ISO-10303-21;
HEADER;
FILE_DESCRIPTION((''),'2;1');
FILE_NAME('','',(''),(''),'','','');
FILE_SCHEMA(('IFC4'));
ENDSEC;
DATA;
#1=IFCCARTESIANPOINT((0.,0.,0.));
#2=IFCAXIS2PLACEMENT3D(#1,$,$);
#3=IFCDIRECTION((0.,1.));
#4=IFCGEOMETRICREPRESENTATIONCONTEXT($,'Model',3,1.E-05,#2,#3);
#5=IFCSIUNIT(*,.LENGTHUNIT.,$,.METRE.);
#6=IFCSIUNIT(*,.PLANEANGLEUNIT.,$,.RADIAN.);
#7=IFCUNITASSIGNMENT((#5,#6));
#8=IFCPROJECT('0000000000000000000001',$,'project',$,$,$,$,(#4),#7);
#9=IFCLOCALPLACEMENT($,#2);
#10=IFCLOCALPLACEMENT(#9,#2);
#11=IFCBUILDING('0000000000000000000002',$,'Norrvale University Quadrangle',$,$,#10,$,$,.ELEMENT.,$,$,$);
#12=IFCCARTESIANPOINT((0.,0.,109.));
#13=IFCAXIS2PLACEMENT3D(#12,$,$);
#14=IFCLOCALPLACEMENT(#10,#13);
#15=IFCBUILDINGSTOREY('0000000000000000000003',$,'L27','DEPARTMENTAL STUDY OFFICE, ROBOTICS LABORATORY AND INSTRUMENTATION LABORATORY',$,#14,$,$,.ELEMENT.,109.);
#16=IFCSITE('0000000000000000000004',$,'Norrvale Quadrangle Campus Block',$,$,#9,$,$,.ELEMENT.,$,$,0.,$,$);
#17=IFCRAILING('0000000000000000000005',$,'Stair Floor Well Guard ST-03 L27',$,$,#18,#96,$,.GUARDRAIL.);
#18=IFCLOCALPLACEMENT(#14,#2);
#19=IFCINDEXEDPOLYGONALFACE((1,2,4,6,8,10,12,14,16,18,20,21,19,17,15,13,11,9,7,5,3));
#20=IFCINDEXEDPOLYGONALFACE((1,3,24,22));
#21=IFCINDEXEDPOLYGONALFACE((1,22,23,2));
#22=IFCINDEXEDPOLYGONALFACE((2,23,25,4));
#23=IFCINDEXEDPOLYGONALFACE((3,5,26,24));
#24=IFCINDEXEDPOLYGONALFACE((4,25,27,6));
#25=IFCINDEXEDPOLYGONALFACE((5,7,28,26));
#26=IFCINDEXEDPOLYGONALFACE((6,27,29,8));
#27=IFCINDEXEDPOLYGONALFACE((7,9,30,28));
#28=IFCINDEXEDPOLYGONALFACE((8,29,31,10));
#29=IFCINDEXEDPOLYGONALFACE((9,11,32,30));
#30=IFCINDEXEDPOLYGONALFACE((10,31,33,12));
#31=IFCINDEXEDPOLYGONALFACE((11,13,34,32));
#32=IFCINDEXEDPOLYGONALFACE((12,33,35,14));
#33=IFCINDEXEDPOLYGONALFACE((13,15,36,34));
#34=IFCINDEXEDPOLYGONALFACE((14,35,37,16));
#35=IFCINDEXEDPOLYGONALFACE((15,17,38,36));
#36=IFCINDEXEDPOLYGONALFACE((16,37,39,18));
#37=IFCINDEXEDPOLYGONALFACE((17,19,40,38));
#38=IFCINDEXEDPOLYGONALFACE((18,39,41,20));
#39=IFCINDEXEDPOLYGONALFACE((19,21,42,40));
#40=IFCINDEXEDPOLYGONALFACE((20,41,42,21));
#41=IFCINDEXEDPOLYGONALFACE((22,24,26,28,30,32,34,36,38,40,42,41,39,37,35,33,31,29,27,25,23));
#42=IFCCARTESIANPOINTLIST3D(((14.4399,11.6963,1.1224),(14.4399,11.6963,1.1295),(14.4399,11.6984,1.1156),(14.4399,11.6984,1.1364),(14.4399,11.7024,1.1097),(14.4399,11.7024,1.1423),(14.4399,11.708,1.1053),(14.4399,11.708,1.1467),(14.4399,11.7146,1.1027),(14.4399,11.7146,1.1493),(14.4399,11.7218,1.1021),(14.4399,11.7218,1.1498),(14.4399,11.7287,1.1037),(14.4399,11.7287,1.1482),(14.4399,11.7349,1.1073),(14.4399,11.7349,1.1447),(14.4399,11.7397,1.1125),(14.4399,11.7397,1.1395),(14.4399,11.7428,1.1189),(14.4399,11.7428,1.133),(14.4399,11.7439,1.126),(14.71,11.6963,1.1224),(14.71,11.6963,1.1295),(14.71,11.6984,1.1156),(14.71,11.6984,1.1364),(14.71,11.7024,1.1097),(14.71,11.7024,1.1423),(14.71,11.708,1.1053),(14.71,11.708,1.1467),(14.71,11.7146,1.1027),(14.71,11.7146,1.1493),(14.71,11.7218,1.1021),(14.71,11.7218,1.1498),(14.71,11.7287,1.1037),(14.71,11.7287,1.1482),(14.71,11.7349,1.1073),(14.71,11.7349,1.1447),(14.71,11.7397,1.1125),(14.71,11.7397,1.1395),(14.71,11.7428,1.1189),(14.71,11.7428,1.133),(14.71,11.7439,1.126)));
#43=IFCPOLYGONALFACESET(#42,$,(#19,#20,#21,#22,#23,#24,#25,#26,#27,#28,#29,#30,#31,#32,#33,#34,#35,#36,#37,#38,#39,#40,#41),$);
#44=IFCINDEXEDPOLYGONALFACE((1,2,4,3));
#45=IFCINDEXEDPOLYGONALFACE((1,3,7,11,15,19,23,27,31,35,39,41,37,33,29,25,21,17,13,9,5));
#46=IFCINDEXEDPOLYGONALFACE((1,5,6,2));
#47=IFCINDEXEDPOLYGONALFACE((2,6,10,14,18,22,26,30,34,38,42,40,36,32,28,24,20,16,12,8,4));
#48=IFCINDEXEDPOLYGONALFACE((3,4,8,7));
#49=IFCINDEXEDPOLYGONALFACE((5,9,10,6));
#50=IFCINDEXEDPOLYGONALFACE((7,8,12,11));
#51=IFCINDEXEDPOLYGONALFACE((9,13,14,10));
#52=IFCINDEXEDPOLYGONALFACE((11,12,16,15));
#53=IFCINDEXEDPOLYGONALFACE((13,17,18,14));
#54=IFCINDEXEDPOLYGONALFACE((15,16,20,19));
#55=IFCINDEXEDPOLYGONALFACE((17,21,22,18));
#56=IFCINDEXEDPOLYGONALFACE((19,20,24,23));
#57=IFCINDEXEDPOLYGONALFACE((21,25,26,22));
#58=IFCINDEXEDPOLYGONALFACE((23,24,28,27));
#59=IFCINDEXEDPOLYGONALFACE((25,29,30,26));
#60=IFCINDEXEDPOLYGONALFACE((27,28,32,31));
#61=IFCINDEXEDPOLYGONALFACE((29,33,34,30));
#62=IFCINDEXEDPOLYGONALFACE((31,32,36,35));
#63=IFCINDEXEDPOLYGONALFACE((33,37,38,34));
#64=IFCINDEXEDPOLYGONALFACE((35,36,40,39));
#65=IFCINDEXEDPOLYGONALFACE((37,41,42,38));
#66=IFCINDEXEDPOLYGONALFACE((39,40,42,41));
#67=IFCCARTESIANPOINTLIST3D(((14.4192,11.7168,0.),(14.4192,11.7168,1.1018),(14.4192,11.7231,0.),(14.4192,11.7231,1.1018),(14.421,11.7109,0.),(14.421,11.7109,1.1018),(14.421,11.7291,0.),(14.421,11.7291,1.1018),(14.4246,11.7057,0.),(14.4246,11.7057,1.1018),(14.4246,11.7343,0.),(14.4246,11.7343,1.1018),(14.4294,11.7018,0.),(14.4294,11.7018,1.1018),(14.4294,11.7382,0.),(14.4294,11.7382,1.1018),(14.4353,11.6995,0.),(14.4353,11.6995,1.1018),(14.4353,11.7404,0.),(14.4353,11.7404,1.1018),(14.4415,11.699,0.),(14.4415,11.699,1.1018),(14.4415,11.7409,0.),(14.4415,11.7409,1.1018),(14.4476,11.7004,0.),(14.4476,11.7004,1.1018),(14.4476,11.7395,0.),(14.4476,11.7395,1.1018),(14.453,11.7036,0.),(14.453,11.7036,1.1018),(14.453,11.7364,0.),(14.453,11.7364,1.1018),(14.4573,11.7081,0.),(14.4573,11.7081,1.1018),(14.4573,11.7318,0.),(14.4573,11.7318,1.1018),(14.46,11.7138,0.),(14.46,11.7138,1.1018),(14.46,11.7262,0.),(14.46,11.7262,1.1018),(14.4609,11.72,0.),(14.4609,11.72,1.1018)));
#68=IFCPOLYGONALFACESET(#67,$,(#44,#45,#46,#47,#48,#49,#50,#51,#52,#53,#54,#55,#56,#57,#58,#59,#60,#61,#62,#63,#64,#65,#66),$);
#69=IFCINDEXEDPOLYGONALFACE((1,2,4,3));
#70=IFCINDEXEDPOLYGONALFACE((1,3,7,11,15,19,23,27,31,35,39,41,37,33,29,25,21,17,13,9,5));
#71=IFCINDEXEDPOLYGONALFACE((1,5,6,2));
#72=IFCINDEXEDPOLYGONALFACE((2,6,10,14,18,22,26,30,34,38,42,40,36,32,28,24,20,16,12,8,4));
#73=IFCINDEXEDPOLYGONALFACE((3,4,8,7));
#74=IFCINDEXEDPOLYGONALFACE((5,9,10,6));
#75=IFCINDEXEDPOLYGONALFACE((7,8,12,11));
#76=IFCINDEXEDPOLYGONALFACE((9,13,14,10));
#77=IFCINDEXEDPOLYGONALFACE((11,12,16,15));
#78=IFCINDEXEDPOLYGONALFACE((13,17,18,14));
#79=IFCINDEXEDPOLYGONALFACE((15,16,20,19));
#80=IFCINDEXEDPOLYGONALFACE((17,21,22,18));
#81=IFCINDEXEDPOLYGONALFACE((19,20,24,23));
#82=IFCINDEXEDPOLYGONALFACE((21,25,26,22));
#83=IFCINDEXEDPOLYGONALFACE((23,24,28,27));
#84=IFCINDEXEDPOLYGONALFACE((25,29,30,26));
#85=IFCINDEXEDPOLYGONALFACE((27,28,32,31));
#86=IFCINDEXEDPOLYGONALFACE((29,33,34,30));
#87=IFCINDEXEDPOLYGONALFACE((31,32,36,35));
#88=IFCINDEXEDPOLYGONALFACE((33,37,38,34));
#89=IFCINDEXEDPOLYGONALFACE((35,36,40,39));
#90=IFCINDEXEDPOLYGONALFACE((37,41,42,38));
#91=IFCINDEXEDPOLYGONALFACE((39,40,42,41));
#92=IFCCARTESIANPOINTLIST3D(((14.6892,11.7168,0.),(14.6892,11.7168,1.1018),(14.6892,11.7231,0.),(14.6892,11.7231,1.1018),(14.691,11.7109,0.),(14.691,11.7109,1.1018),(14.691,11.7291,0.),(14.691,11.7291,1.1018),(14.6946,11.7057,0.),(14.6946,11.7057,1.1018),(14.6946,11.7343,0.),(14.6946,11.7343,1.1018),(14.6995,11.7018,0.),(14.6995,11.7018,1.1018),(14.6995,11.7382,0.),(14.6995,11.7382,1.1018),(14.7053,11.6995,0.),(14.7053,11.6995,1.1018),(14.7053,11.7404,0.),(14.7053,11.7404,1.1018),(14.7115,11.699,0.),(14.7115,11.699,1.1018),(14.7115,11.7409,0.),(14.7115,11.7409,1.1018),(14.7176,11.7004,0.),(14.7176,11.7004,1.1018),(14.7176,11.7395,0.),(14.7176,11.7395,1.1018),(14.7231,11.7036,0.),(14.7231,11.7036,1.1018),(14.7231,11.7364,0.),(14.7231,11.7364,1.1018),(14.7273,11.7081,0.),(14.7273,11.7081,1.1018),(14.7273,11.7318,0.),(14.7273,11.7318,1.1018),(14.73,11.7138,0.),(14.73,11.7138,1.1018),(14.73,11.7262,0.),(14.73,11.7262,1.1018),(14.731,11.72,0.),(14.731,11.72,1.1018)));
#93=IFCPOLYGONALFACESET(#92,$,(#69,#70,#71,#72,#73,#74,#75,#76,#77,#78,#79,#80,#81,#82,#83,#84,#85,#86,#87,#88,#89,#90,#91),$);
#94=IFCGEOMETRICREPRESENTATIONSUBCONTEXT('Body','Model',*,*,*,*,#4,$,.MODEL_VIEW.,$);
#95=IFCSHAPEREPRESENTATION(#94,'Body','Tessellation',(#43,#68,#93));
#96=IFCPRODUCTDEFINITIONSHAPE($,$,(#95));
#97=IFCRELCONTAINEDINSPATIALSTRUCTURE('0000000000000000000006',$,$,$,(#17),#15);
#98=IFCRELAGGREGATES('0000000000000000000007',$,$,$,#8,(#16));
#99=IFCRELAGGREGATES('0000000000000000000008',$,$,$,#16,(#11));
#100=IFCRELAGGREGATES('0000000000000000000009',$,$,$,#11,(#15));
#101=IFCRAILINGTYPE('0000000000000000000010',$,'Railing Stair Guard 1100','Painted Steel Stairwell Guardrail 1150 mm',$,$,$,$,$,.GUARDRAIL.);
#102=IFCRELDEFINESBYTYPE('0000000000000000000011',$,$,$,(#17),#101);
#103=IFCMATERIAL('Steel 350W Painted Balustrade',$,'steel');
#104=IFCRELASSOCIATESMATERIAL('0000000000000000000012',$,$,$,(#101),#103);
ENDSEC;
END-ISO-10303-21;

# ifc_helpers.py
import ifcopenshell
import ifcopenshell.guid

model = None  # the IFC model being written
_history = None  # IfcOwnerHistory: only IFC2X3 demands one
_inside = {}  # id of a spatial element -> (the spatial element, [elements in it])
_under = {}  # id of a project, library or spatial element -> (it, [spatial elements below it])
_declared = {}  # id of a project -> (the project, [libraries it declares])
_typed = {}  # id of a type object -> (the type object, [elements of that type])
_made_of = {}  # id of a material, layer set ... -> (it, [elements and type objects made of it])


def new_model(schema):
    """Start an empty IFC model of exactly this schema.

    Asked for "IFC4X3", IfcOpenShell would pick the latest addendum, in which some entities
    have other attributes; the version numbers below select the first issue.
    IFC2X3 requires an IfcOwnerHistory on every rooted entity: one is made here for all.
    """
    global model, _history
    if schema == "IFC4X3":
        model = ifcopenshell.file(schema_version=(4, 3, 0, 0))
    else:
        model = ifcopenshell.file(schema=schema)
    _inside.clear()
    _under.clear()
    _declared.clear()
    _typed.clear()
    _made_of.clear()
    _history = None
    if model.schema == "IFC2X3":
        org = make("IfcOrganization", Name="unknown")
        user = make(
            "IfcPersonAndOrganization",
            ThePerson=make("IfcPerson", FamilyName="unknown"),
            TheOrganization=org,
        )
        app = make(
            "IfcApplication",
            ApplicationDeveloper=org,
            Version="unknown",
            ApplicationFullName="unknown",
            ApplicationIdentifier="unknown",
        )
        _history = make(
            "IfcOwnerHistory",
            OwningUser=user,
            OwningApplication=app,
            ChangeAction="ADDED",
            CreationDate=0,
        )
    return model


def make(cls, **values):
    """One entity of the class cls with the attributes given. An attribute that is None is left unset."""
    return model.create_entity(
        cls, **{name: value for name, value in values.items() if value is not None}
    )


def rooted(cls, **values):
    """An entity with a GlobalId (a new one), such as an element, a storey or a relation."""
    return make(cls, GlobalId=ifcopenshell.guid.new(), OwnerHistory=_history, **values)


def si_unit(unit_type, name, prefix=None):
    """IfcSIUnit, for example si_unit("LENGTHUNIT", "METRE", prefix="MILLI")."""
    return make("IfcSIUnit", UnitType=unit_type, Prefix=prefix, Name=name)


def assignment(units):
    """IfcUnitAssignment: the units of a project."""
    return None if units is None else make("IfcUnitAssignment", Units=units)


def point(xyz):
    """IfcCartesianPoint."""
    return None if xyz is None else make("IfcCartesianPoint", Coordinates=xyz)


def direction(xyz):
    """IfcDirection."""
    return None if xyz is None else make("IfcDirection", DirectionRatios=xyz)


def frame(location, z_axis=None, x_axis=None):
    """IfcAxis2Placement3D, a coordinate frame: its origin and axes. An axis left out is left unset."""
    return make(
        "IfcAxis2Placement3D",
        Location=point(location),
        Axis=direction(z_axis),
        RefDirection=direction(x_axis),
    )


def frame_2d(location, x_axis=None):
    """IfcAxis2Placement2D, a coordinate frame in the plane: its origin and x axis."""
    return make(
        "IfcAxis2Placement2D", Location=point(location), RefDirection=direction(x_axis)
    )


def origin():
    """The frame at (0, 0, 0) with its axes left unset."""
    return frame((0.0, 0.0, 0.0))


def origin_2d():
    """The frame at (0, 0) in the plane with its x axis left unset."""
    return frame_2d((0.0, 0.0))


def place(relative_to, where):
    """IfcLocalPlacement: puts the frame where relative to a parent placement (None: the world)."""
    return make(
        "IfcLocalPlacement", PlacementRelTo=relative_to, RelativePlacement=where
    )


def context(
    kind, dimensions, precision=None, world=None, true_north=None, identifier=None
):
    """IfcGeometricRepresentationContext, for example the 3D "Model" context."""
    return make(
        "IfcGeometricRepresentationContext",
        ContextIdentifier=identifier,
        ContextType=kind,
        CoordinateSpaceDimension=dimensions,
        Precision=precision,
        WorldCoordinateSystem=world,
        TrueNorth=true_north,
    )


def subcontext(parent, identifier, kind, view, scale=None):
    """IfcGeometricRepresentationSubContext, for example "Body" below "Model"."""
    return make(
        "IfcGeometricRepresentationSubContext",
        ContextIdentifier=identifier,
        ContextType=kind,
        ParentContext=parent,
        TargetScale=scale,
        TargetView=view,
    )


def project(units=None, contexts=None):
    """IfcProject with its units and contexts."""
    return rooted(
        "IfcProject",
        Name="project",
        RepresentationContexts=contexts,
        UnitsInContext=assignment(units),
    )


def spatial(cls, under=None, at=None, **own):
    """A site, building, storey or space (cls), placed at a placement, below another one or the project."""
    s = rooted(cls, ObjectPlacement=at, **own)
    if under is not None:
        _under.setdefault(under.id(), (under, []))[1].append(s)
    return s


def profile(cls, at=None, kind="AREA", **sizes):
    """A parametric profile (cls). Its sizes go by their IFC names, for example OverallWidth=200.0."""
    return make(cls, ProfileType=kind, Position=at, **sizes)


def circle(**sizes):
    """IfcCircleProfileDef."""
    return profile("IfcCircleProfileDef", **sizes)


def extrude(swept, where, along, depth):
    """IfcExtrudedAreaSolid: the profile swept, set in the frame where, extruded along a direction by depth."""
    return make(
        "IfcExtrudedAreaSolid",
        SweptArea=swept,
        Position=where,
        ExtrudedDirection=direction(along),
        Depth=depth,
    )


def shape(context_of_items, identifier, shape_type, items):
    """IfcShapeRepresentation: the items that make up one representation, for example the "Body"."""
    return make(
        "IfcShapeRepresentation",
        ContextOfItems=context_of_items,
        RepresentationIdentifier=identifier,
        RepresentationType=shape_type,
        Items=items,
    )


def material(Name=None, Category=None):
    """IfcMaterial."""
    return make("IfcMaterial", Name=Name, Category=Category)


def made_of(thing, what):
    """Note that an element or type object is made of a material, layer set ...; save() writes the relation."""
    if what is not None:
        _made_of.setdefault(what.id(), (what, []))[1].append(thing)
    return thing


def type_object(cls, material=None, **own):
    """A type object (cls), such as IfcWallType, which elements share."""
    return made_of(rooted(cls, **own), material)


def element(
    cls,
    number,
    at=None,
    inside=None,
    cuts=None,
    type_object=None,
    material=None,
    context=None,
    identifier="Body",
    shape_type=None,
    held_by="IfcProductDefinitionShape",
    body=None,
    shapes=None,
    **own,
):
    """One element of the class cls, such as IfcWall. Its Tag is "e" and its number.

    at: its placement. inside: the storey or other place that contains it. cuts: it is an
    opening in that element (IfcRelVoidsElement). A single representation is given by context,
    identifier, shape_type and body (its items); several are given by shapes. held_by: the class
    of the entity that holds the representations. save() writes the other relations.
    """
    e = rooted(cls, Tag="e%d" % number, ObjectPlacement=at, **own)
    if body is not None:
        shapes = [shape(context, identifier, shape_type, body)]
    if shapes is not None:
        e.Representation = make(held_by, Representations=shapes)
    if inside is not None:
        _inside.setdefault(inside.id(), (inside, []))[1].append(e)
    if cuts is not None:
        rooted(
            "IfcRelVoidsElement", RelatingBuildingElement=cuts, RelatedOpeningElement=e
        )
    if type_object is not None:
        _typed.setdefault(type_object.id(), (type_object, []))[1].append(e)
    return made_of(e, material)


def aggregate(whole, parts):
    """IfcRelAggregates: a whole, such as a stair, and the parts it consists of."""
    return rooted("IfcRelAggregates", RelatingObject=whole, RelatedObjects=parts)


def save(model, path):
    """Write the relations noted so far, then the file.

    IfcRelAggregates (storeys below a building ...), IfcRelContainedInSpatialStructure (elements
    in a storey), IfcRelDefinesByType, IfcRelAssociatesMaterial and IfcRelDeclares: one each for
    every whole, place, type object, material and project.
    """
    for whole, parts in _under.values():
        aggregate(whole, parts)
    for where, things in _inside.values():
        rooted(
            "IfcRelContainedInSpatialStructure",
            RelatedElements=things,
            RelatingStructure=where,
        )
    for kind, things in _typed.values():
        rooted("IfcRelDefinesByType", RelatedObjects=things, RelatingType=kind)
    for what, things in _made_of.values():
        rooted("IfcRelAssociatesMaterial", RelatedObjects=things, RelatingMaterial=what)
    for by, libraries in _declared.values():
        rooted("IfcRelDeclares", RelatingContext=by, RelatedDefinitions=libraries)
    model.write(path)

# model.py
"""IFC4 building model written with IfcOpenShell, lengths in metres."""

from ifc_helpers import new_model, si_unit, direction, frame, origin, origin_2d, place, context, subcontext, project, spatial, circle, extrude, material, type_object, element, save


model = new_model("IFC4")

# Units and contexts
model_context = context("Model", 3, precision=1e-05, world=origin(), true_north=direction((0.0, 1.0)))
body_context = subcontext(model_context, "Body", "Model", "MODEL_VIEW")
ifc_project = project(units=[si_unit("LENGTHUNIT", "METRE"), si_unit("PLANEANGLEUNIT", "RADIAN")], contexts=[model_context])

# Site, building, storey
site_placement = place(None, origin())
site = spatial("IfcSite", under=ifc_project, at=site_placement, Name="Norrvale Quadrangle Campus Block", CompositionType="ELEMENT", RefElevation=0.0)
building_placement = place(site_placement, origin())
building = spatial("IfcBuilding", under=site, at=building_placement, Name="Norrvale University Quadrangle", CompositionType="ELEMENT")
storey_placement = place(building_placement, frame((0.0, 0.0, 109.0)))
storey = spatial("IfcBuildingStorey", under=building, at=storey_placement, Name="L27", Description="DEPARTMENTAL STUDY OFFICE, ROBOTICS LABORATORY AND INSTRUMENTATION LABORATORY", CompositionType="ELEMENT", Elevation=109.0)

# Railing
ifc_material_1 = material(Name="Steel 350W Painted Balustrade", Category="steel")
railing_type = type_object("IfcRailingType", Name="Railing Stair Guard 1100", Description="Painted Steel Stairwell Guardrail 1150 mm", PredefinedType="GUARDRAIL", material=ifc_material_1)
for number, where, name in (
    (1, (14.4399, 11.72, 0.0), "Stair Floor Well Guard ST-03 L27"),
):
    element("IfcRailing", number, at=place(storey_placement, frame(where)), inside=storey, type_object=railing_type, Name=name, PredefinedType="GUARDRAIL", context=body_context, shape_type="SweptSolid", body=[
        extrude(circle(Radius=0.0239, at=origin_2d()), frame((0.0, 0.0, 1.126), z_axis=(1.0, 0.0, 0.0), x_axis=(0.0, 1.0, 0.0)), (0.0, 0.0, 1.0), 0.27),
        extrude(circle(Radius=0.021, at=origin_2d()), origin(), (0.0, 0.0, 1.0), 1.1018),
        extrude(circle(Radius=0.021, at=origin_2d()), frame((0.27, 0.0, 0.0)), (0.0, 0.0, 1.0), 1.1018),
    ])

save(model, "model.ifc")
